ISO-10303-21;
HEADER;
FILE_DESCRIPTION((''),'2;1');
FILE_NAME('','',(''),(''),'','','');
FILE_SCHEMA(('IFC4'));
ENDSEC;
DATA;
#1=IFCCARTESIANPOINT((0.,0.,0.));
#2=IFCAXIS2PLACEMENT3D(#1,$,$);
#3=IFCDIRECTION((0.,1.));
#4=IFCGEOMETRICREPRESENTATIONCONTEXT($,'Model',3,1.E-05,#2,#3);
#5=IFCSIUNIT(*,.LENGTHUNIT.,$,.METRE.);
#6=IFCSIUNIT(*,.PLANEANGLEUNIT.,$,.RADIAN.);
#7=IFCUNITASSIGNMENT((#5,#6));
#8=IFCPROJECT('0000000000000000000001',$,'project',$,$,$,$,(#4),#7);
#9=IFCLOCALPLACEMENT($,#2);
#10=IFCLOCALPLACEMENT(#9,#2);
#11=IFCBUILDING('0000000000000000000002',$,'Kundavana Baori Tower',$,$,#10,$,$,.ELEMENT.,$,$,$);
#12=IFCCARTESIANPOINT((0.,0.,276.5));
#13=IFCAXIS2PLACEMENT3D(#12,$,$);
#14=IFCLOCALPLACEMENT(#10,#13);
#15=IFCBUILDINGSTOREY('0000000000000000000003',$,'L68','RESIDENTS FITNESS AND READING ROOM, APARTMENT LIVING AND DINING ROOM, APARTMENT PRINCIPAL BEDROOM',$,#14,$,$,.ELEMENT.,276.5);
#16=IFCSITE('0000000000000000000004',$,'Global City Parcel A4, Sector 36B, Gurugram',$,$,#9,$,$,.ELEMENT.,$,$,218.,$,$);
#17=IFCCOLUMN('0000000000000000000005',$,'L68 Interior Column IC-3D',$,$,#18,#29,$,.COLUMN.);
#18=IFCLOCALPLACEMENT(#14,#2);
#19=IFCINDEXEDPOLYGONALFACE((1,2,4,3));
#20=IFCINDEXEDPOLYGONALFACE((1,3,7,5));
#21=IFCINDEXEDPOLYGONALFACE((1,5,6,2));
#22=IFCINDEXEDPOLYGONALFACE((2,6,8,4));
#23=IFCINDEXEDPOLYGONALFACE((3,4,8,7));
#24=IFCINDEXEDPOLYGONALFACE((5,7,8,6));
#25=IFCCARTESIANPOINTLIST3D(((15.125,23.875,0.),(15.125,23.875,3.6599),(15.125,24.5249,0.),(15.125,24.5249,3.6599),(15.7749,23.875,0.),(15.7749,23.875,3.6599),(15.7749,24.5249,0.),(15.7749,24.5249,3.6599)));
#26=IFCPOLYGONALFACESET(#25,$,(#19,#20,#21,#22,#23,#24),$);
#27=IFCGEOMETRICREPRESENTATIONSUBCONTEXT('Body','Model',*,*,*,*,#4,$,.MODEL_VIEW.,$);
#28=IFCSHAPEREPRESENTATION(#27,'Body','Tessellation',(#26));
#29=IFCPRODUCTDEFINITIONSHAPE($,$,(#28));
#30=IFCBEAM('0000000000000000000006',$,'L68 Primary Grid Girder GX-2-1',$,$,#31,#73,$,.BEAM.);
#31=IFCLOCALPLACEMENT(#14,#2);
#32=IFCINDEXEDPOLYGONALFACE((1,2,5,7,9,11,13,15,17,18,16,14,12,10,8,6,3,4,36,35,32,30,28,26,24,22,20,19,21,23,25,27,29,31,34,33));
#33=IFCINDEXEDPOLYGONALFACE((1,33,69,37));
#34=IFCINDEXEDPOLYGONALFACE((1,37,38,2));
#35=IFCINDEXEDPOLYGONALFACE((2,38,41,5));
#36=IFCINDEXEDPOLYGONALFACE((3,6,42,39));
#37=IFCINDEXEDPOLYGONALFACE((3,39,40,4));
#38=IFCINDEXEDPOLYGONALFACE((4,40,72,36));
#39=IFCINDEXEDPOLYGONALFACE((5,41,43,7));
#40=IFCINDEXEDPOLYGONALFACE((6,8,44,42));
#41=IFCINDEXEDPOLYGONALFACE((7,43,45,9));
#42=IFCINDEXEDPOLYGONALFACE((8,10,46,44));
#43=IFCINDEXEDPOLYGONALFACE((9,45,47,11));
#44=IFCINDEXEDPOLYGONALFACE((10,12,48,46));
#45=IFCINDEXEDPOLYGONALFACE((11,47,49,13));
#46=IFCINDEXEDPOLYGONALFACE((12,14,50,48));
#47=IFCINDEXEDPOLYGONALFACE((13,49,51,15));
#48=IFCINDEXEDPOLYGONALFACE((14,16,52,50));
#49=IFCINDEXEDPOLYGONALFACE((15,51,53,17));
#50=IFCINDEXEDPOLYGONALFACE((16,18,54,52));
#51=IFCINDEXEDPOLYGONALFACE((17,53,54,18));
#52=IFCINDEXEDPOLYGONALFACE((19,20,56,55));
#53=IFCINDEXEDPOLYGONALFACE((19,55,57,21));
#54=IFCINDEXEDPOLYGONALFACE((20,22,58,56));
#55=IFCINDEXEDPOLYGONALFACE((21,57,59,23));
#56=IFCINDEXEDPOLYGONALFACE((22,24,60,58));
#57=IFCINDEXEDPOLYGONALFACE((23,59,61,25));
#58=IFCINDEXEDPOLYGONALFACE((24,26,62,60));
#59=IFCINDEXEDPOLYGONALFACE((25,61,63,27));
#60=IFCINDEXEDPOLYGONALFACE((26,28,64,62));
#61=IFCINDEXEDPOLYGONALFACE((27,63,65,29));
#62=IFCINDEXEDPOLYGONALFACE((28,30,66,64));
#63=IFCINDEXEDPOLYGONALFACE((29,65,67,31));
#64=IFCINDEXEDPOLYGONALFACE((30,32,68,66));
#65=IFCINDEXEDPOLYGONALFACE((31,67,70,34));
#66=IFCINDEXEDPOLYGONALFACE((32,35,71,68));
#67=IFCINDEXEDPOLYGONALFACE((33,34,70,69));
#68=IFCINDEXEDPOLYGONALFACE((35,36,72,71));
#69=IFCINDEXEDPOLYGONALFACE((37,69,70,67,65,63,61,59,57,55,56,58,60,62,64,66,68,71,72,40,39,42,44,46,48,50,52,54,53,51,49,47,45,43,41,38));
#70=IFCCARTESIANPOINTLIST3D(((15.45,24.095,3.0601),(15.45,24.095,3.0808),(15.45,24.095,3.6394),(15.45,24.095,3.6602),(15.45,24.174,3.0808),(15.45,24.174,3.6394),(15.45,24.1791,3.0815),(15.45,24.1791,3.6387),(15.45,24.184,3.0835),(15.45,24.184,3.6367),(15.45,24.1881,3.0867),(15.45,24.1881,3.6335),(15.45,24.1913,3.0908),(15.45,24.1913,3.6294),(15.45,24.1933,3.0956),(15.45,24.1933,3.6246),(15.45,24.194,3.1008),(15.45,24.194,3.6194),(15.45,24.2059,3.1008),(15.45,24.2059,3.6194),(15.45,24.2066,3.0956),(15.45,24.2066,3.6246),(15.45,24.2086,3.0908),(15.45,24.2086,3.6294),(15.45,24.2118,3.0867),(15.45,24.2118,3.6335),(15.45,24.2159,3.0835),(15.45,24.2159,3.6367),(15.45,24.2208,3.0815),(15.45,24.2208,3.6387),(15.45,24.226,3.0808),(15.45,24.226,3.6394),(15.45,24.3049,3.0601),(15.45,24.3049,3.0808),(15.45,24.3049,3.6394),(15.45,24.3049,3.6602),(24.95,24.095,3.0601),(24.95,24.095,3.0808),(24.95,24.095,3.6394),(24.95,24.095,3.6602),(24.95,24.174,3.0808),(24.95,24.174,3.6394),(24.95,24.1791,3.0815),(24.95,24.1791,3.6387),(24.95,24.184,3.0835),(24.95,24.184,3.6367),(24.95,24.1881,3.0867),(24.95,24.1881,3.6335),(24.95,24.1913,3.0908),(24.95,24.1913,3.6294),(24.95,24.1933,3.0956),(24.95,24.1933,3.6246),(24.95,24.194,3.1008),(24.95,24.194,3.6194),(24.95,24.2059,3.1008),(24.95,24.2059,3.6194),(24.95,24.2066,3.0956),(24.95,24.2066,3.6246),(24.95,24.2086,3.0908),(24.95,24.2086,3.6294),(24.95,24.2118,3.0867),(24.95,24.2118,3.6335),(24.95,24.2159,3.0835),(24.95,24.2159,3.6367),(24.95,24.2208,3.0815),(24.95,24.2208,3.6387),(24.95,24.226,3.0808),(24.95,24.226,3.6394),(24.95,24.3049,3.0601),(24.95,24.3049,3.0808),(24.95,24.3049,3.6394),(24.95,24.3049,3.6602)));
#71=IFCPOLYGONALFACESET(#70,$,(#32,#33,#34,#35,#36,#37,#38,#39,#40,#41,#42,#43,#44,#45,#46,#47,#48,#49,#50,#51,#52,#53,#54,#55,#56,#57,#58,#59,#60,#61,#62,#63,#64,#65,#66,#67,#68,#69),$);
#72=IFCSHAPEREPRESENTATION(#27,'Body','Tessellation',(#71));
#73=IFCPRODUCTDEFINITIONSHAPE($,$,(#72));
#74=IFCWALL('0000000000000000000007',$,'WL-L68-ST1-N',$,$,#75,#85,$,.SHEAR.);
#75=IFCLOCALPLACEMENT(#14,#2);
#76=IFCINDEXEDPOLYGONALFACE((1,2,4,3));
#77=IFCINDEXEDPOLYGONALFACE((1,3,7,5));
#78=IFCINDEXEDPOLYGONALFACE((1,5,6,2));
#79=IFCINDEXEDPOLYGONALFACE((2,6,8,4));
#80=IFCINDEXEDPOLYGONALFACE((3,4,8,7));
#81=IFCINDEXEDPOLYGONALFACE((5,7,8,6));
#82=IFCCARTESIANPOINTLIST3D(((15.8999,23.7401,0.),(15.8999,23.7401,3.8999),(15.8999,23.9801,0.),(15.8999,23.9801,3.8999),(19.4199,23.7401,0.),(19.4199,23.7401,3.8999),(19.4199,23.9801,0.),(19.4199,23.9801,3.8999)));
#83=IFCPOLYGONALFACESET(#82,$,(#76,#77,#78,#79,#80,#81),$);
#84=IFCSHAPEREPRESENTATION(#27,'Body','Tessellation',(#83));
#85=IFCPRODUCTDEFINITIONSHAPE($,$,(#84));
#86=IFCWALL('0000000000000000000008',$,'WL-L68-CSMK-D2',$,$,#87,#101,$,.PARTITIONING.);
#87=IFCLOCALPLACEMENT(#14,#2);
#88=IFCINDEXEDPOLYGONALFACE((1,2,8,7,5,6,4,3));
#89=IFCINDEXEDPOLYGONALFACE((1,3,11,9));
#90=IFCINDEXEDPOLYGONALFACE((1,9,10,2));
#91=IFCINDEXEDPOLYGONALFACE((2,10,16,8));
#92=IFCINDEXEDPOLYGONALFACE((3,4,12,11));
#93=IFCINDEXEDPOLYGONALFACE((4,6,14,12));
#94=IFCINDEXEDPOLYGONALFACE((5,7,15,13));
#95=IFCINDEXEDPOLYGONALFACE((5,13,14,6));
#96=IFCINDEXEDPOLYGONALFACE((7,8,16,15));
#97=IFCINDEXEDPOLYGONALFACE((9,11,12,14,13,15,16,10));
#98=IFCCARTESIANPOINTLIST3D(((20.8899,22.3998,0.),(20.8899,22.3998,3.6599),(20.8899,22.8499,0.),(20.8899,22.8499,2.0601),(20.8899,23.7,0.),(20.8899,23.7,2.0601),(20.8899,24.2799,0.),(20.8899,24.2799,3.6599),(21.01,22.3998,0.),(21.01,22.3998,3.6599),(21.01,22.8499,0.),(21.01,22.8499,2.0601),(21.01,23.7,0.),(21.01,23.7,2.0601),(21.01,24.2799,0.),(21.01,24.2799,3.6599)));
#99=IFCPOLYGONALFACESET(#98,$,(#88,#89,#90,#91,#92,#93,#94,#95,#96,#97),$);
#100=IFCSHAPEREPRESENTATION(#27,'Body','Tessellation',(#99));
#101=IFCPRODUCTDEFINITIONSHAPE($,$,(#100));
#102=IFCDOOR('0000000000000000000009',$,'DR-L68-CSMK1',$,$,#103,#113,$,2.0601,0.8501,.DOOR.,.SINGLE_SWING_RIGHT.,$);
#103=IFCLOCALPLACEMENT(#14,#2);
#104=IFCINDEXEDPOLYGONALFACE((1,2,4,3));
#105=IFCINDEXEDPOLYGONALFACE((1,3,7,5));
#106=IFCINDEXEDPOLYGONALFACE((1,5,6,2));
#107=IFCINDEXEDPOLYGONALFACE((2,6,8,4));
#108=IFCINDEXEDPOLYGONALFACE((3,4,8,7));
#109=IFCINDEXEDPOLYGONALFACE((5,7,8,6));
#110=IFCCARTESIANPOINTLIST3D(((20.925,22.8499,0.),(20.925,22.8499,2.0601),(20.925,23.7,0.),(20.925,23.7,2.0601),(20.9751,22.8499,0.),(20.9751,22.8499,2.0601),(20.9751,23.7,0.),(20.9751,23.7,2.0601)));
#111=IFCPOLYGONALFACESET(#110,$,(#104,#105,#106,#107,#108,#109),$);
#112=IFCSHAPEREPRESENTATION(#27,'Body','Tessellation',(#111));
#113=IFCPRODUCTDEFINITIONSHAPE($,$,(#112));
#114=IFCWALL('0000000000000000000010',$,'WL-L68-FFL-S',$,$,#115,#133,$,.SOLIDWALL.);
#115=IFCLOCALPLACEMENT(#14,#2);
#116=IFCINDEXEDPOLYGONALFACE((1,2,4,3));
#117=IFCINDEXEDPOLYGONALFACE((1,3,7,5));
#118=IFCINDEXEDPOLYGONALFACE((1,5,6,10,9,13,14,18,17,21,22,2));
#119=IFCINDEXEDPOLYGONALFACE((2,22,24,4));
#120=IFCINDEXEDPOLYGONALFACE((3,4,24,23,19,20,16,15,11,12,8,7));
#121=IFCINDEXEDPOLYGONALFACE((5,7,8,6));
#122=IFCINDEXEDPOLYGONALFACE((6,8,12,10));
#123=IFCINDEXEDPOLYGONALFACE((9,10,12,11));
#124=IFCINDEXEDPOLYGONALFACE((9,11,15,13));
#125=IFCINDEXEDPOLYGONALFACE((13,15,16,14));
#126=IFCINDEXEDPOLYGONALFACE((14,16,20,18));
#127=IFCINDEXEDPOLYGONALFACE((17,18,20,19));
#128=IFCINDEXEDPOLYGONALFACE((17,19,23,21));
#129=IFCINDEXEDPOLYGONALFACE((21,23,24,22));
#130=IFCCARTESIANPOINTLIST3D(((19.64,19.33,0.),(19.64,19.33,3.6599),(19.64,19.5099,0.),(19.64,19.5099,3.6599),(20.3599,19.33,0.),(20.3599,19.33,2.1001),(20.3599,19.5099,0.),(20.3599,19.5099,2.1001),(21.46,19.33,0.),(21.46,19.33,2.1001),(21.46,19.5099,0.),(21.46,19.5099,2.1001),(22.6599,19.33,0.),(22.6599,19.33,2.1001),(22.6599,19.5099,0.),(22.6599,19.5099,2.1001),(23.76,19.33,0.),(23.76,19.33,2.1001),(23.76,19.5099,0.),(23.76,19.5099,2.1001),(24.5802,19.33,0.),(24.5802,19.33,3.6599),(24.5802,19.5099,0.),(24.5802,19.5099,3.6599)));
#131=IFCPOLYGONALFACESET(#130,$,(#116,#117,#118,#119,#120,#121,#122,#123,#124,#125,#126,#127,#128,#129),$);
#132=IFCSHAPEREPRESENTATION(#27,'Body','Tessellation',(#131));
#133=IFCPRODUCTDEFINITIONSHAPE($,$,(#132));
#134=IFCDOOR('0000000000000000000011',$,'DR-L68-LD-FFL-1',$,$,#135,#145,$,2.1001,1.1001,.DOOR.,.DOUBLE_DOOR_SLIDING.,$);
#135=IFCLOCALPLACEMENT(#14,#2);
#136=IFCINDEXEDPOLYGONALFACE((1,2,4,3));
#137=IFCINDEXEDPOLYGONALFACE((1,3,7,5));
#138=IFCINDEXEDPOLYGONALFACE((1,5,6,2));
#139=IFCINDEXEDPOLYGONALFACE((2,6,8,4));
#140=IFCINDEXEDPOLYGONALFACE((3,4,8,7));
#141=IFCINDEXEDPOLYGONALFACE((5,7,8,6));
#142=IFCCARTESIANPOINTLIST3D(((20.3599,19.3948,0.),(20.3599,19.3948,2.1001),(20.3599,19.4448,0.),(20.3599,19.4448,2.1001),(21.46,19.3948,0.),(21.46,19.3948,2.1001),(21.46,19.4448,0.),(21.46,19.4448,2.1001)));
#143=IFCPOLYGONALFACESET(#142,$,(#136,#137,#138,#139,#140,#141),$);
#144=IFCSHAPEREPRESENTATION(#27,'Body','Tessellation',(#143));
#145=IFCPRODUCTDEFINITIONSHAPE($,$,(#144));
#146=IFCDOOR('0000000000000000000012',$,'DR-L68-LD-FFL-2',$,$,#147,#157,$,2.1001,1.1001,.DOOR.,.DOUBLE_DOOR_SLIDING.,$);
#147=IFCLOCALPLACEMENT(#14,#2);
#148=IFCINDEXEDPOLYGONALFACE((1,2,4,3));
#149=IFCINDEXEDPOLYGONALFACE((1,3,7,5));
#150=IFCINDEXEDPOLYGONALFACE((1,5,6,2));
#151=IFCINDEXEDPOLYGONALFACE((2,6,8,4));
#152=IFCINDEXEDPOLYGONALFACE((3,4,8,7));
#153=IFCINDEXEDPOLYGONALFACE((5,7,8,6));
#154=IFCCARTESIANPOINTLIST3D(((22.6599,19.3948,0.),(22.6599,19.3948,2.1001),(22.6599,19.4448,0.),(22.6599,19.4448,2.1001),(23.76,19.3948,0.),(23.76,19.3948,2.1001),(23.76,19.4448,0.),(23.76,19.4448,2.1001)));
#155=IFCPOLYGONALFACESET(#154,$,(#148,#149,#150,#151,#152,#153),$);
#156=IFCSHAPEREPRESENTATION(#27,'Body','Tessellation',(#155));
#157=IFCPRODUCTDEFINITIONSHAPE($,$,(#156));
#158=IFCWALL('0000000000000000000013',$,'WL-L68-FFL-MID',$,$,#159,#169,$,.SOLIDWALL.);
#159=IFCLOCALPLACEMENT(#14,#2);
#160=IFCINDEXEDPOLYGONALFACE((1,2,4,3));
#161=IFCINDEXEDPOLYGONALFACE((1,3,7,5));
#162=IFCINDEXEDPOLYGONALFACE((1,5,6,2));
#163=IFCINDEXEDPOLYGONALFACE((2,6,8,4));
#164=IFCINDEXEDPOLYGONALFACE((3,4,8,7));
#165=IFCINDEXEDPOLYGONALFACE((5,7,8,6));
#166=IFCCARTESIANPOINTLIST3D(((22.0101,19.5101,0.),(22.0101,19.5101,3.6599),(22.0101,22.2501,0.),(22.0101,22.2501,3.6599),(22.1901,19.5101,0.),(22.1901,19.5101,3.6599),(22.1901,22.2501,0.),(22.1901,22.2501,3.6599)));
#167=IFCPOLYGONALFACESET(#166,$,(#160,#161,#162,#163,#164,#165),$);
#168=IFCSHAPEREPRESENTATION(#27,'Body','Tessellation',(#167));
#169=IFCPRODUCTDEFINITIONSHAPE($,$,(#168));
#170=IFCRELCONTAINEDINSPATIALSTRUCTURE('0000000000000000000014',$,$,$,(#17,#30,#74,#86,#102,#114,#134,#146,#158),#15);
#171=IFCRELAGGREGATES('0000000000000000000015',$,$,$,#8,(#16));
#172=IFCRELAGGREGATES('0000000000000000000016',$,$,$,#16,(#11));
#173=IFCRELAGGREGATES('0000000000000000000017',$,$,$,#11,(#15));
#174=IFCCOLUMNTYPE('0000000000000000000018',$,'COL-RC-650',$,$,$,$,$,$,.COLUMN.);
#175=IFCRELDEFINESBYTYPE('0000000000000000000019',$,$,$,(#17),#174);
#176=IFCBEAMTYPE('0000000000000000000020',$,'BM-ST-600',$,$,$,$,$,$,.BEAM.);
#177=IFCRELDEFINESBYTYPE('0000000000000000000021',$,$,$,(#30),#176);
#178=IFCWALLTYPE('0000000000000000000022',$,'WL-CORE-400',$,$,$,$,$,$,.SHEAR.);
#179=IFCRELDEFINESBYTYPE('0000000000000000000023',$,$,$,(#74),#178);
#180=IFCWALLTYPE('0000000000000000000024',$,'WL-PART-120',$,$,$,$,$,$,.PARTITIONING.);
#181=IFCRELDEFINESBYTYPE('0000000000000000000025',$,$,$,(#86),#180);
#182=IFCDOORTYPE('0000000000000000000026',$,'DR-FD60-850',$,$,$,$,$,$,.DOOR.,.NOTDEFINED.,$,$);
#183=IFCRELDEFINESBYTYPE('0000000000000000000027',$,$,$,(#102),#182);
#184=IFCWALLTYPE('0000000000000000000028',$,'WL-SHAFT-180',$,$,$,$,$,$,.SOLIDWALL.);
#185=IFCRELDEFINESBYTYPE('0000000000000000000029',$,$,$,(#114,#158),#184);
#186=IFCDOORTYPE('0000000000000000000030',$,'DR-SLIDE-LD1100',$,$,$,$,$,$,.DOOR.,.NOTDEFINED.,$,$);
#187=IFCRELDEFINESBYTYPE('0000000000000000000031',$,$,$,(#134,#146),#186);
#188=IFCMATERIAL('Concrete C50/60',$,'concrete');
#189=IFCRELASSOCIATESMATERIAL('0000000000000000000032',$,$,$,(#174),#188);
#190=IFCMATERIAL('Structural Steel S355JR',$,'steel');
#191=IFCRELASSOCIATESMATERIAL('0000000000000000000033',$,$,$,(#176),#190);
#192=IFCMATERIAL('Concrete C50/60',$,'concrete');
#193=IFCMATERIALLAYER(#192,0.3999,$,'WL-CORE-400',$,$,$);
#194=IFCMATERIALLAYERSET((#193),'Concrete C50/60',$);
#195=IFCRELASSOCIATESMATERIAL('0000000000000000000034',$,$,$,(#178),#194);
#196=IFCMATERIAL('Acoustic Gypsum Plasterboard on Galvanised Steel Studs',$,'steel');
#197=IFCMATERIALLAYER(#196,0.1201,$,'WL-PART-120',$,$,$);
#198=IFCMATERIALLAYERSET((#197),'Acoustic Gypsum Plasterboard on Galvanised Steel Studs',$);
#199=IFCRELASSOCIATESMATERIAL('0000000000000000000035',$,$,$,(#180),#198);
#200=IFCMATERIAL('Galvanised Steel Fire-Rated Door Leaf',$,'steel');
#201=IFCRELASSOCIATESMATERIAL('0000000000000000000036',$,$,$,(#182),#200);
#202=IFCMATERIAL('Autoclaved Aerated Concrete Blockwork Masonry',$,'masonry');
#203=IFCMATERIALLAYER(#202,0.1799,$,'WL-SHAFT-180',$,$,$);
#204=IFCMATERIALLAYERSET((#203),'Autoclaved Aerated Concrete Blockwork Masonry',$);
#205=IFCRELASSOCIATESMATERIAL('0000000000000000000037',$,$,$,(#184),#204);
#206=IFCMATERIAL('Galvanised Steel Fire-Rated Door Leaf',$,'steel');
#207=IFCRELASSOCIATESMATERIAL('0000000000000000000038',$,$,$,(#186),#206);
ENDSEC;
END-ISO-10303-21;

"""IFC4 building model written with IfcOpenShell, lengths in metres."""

from ifc_helpers import new_model, si_unit, direction, frame, frame_2d, origin, origin_2d, place, context, subcontext, project, spatial, rectangle, i_section, extrude, material, layer, layer_set, material_profile, profile_set, type_object, element, fill, save


model = new_model("IFC4")

# Units and contexts
model_context = context("Model", 3, precision=1e-05, world=origin(), true_north=direction((0.0, 1.0)))
body_context = subcontext(model_context, "Body", "Model", "MODEL_VIEW")
ifc_project = project(units=[si_unit("LENGTHUNIT", "METRE"), si_unit("PLANEANGLEUNIT", "RADIAN")], contexts=[model_context])

# Site, building, storey
site_placement = place(None, origin())
site = spatial("IfcSite", under=ifc_project, at=site_placement, Name="Global City Parcel A4, Sector 36B, Gurugram", CompositionType="ELEMENT", RefElevation=218.0)
building_placement = place(site_placement, origin())
building = spatial("IfcBuilding", under=site, at=building_placement, Name="Kundavana Baori Tower", CompositionType="ELEMENT")
storey_placement = place(building_placement, frame((0.0, 0.0, 276.5)))
storey = spatial("IfcBuildingStorey", under=building, at=storey_placement, Name="L68", Description="RESIDENTS FITNESS AND READING ROOM, APARTMENT LIVING AND DINING ROOM, APARTMENT PRINCIPAL BEDROOM", CompositionType="ELEMENT", Elevation=276.5)

# Column
ifc_material_1 = material(Name="Concrete C50/60", Category="concrete")
ifc_material_profile_1 = material_profile(ifc_material_1, rectangle(XDim=0.6499, YDim=0.6499, at=origin_2d()), Name="RC 650x650")
ifc_profile_set_1 = profile_set([ifc_material_profile_1], Name="Concrete C50/60")
column_type = type_object("IfcColumnType", Name="COL-RC-650", PredefinedType="COLUMN", material=ifc_profile_set_1)
column_placement = place(storey_placement, frame((15.45, 24.2, 0.0), z_axis=(0.0, 0.0, 1.0), x_axis=(1.0, 0.0, 0.0)))
element("IfcColumn", 1, at=column_placement, inside=storey, type_object=column_type, Name="L68 Interior Column IC-3D", PredefinedType="COLUMN", context=body_context, shape_type="SweptSolid", body=[
    extrude(rectangle(XDim=0.6499, YDim=0.6499, at=origin_2d()), origin(), (0.0, 0.0, 1.0), 3.6599),
])

# Beam
ifc_material_2 = material(Name="Structural Steel S355JR", Category="steel")
ifc_material_profile_2 = material_profile(ifc_material_2, i_section(OverallWidth=0.21, OverallDepth=0.6001, WebThickness=0.012, FlangeThickness=0.0208, FilletRadius=0.02, at=origin_2d()), Name="ISMB 600")
ifc_profile_set_2 = profile_set([ifc_material_profile_2], Name="Structural Steel S355JR")
beam_type = type_object("IfcBeamType", Name="BM-ST-600", PredefinedType="BEAM", material=ifc_profile_set_2)
beam_placement = place(storey_placement, frame((15.45, 24.2, 3.3601), z_axis=(1.0, 0.0, 0.0), x_axis=(0.0, 1.0, 0.0)))
element("IfcBeam", 2, at=beam_placement, inside=storey, type_object=beam_type, Name="L68 Primary Grid Girder GX-2-1", PredefinedType="BEAM", context=body_context, shape_type="SweptSolid", body=[
    extrude(i_section(OverallWidth=0.21, OverallDepth=0.6001, WebThickness=0.012, FlangeThickness=0.0208, FilletRadius=0.02, at=origin_2d()), origin(), (0.0, 0.0, 1.0), 9.5),
])

# Wall
ifc_material_3 = material(Name="Concrete C50/60", Category="concrete")
ifc_layer_1 = layer(ifc_material_3, 0.3999, Name="WL-CORE-400")
ifc_layer_set_1 = layer_set([ifc_layer_1], Name="Concrete C50/60")
wall_type_1 = type_object("IfcWallType", Name="WL-CORE-400", PredefinedType="SHEAR", material=ifc_layer_set_1)
wall_1_placement = place(storey_placement, frame((15.8999, 23.8601, 0.0), z_axis=(0.0, 0.0, 1.0), x_axis=(1.0, 0.0, 0.0)))
element("IfcWall", 3, at=wall_1_placement, inside=storey, type_object=wall_type_1, Name="WL-L68-ST1-N", PredefinedType="SHEAR", context=body_context, shape_type="SweptSolid", body=[
    extrude(rectangle(XDim=3.52, YDim=0.24, at=frame_2d((1.76, 0.0))), origin(), (0.0, 0.0, 1.0), 3.8999),
])

# Wall, opening, door
ifc_material_4 = material(Name="Acoustic Gypsum Plasterboard on Galvanised Steel Studs", Category="steel")
ifc_layer_2 = layer(ifc_material_4, 0.1201, Name="WL-PART-120")
ifc_layer_set_2 = layer_set([ifc_layer_2], Name="Acoustic Gypsum Plasterboard on Galvanised Steel Studs")
wall_type_2 = type_object("IfcWallType", Name="WL-PART-120", PredefinedType="PARTITIONING", material=ifc_layer_set_2)
wall_2_placement = place(storey_placement, frame((20.95, 22.3999, 0.0), z_axis=(0.0, 0.0, 1.0), x_axis=(0.0, 1.0, 0.0)))
wall_2 = element("IfcWall", 4, at=wall_2_placement, inside=storey, type_object=wall_type_2, Name="WL-L68-CSMK-D2", PredefinedType="PARTITIONING", context=body_context, shape_type="SweptSolid", body=[
    extrude(rectangle(XDim=1.8801, YDim=0.1201, at=frame_2d((0.9399, 0.0))), origin(), (0.0, 0.0, 1.0), 3.6599),
])
opening_1_placement = place(wall_2_placement, frame((0.45, 0.0, 0.0)))
opening_1 = element("IfcOpeningElement", 5, at=opening_1_placement, cuts=wall_2, PredefinedType="OPENING", context=body_context, shape_type="SweptSolid", body=[
    extrude(rectangle(XDim=0.8501, YDim=2.0601, at=frame_2d((0.425, 1.03))), frame((0.0, 0.0701, 0.0), z_axis=(0.0, -1.0, 0.0), x_axis=(1.0, 0.0, 0.0)), (0.0, 0.0, 1.0), 0.1401),
])
ifc_material_5 = material(Name="Galvanised Steel Fire-Rated Door Leaf", Category="steel")
door_type_1 = type_object("IfcDoorType", Name="DR-FD60-850", OperationType="NOTDEFINED", PredefinedType="DOOR", material=ifc_material_5)
door_1_placement = place(opening_1_placement, origin())
door_1 = element("IfcDoor", 6, at=door_1_placement, inside=storey, type_object=door_type_1, Name="DR-L68-CSMK1", OperationType="SINGLE_SWING_RIGHT", OverallHeight=2.0601, OverallWidth=0.8501, PredefinedType="DOOR", context=body_context, shape_type="SweptSolid", body=[
    extrude(rectangle(XDim=0.8501, YDim=2.0601, at=frame_2d((0.425, 1.03))), frame((0.0, 0.0249, 0.0), z_axis=(0.0, -1.0, 0.0), x_axis=(1.0, 0.0, 0.0)), (0.0, 0.0, 1.0), 0.05),
])
fill(opening_1, door_1)

# Wall, openings, doors
ifc_material_6 = material(Name="Autoclaved Aerated Concrete Blockwork Masonry", Category="masonry")
ifc_layer_3 = layer(ifc_material_6, 0.1799, Name="WL-SHAFT-180")
ifc_layer_set_3 = layer_set([ifc_layer_3], Name="Autoclaved Aerated Concrete Blockwork Masonry")
wall_type_3 = type_object("IfcWallType", Name="WL-SHAFT-180", PredefinedType="SOLIDWALL", material=ifc_layer_set_3)
wall_3_placement = place(storey_placement, frame((19.6399, 19.4199, 0.0), z_axis=(0.0, 0.0, 1.0), x_axis=(1.0, 0.0, 0.0)))
wall_3 = element("IfcWall", 7, at=wall_3_placement, inside=storey, type_object=wall_type_3, Name="WL-L68-FFL-S", PredefinedType="SOLIDWALL", context=body_context, shape_type="SweptSolid", body=[
    extrude(rectangle(XDim=4.9402, YDim=0.1799, at=frame_2d((2.4702, 0.0))), origin(), (0.0, 0.0, 1.0), 3.6599),
])
opening_2_placement = place(wall_3_placement, frame((0.72, 0.0, 0.0)))
opening_2 = element("IfcOpeningElement", 8, at=opening_2_placement, cuts=wall_3, PredefinedType="OPENING", context=body_context, shape_type="SweptSolid", body=[
    extrude(rectangle(XDim=1.1001, YDim=2.1001, at=frame_2d((0.55, 1.05))), frame((0.0, 0.1001, 0.0), z_axis=(0.0, -1.0, 0.0), x_axis=(1.0, 0.0, 0.0)), (0.0, 0.0, 1.0), 0.2),
])
opening_3_placement = place(wall_3_placement, frame((3.02, 0.0, 0.0)))
opening_3 = element("IfcOpeningElement", 9, at=opening_3_placement, cuts=wall_3, PredefinedType="OPENING", context=body_context, shape_type="SweptSolid", body=[
    extrude(rectangle(XDim=1.1001, YDim=2.1001, at=frame_2d((0.55, 1.05))), frame((0.0, 0.1001, 0.0), z_axis=(0.0, -1.0, 0.0), x_axis=(1.0, 0.0, 0.0)), (0.0, 0.0, 1.0), 0.2),
])
ifc_material_7 = material(Name="Galvanised Steel Fire-Rated Door Leaf", Category="steel")
door_type_2 = type_object("IfcDoorType", Name="DR-SLIDE-LD1100", OperationType="NOTDEFINED", PredefinedType="DOOR", material=ifc_material_7)
door_2_placement = place(opening_2_placement, origin())
door_2 = element("IfcDoor", 10, at=door_2_placement, inside=storey, type_object=door_type_2, Name="DR-L68-LD-FFL-1", OperationType="DOUBLE_DOOR_SLIDING", OverallHeight=2.1001, OverallWidth=1.1001, PredefinedType="DOOR", context=body_context, shape_type="SweptSolid", body=[
    extrude(rectangle(XDim=1.1001, YDim=2.1001, at=frame_2d((0.55, 1.05))), frame((0.0, 0.0249, 0.0), z_axis=(0.0, -1.0, 0.0), x_axis=(1.0, 0.0, 0.0)), (0.0, 0.0, 1.0), 0.05),
])
fill(opening_2, door_2)
door_3_placement = place(opening_3_placement, origin())
door_3 = element("IfcDoor", 11, at=door_3_placement, inside=storey, type_object=door_type_2, Name="DR-L68-LD-FFL-2", OperationType="DOUBLE_DOOR_SLIDING", OverallHeight=2.1001, OverallWidth=1.1001, PredefinedType="DOOR", context=body_context, shape_type="SweptSolid", body=[
    extrude(rectangle(XDim=1.1001, YDim=2.1001, at=frame_2d((0.55, 1.05))), frame((0.0, 0.0249, 0.0), z_axis=(0.0, -1.0, 0.0), x_axis=(1.0, 0.0, 0.0)), (0.0, 0.0, 1.0), 0.05),
])
fill(opening_3, door_3)

# Wall
wall_4_placement = place(storey_placement, frame((22.1001, 19.51, 0.0), z_axis=(0.0, 0.0, 1.0), x_axis=(0.0, 1.0, 0.0)))
element("IfcWall", 12, at=wall_4_placement, inside=storey, type_object=wall_type_3, Name="WL-L68-FFL-MID", PredefinedType="SOLIDWALL", context=body_context, shape_type="SweptSolid", body=[
    extrude(rectangle(XDim=2.74, YDim=0.1799, at=frame_2d((1.3701, 0.0))), origin(), (0.0, 0.0, 1.0), 3.6599),
])

save(model, "model.ifc")
